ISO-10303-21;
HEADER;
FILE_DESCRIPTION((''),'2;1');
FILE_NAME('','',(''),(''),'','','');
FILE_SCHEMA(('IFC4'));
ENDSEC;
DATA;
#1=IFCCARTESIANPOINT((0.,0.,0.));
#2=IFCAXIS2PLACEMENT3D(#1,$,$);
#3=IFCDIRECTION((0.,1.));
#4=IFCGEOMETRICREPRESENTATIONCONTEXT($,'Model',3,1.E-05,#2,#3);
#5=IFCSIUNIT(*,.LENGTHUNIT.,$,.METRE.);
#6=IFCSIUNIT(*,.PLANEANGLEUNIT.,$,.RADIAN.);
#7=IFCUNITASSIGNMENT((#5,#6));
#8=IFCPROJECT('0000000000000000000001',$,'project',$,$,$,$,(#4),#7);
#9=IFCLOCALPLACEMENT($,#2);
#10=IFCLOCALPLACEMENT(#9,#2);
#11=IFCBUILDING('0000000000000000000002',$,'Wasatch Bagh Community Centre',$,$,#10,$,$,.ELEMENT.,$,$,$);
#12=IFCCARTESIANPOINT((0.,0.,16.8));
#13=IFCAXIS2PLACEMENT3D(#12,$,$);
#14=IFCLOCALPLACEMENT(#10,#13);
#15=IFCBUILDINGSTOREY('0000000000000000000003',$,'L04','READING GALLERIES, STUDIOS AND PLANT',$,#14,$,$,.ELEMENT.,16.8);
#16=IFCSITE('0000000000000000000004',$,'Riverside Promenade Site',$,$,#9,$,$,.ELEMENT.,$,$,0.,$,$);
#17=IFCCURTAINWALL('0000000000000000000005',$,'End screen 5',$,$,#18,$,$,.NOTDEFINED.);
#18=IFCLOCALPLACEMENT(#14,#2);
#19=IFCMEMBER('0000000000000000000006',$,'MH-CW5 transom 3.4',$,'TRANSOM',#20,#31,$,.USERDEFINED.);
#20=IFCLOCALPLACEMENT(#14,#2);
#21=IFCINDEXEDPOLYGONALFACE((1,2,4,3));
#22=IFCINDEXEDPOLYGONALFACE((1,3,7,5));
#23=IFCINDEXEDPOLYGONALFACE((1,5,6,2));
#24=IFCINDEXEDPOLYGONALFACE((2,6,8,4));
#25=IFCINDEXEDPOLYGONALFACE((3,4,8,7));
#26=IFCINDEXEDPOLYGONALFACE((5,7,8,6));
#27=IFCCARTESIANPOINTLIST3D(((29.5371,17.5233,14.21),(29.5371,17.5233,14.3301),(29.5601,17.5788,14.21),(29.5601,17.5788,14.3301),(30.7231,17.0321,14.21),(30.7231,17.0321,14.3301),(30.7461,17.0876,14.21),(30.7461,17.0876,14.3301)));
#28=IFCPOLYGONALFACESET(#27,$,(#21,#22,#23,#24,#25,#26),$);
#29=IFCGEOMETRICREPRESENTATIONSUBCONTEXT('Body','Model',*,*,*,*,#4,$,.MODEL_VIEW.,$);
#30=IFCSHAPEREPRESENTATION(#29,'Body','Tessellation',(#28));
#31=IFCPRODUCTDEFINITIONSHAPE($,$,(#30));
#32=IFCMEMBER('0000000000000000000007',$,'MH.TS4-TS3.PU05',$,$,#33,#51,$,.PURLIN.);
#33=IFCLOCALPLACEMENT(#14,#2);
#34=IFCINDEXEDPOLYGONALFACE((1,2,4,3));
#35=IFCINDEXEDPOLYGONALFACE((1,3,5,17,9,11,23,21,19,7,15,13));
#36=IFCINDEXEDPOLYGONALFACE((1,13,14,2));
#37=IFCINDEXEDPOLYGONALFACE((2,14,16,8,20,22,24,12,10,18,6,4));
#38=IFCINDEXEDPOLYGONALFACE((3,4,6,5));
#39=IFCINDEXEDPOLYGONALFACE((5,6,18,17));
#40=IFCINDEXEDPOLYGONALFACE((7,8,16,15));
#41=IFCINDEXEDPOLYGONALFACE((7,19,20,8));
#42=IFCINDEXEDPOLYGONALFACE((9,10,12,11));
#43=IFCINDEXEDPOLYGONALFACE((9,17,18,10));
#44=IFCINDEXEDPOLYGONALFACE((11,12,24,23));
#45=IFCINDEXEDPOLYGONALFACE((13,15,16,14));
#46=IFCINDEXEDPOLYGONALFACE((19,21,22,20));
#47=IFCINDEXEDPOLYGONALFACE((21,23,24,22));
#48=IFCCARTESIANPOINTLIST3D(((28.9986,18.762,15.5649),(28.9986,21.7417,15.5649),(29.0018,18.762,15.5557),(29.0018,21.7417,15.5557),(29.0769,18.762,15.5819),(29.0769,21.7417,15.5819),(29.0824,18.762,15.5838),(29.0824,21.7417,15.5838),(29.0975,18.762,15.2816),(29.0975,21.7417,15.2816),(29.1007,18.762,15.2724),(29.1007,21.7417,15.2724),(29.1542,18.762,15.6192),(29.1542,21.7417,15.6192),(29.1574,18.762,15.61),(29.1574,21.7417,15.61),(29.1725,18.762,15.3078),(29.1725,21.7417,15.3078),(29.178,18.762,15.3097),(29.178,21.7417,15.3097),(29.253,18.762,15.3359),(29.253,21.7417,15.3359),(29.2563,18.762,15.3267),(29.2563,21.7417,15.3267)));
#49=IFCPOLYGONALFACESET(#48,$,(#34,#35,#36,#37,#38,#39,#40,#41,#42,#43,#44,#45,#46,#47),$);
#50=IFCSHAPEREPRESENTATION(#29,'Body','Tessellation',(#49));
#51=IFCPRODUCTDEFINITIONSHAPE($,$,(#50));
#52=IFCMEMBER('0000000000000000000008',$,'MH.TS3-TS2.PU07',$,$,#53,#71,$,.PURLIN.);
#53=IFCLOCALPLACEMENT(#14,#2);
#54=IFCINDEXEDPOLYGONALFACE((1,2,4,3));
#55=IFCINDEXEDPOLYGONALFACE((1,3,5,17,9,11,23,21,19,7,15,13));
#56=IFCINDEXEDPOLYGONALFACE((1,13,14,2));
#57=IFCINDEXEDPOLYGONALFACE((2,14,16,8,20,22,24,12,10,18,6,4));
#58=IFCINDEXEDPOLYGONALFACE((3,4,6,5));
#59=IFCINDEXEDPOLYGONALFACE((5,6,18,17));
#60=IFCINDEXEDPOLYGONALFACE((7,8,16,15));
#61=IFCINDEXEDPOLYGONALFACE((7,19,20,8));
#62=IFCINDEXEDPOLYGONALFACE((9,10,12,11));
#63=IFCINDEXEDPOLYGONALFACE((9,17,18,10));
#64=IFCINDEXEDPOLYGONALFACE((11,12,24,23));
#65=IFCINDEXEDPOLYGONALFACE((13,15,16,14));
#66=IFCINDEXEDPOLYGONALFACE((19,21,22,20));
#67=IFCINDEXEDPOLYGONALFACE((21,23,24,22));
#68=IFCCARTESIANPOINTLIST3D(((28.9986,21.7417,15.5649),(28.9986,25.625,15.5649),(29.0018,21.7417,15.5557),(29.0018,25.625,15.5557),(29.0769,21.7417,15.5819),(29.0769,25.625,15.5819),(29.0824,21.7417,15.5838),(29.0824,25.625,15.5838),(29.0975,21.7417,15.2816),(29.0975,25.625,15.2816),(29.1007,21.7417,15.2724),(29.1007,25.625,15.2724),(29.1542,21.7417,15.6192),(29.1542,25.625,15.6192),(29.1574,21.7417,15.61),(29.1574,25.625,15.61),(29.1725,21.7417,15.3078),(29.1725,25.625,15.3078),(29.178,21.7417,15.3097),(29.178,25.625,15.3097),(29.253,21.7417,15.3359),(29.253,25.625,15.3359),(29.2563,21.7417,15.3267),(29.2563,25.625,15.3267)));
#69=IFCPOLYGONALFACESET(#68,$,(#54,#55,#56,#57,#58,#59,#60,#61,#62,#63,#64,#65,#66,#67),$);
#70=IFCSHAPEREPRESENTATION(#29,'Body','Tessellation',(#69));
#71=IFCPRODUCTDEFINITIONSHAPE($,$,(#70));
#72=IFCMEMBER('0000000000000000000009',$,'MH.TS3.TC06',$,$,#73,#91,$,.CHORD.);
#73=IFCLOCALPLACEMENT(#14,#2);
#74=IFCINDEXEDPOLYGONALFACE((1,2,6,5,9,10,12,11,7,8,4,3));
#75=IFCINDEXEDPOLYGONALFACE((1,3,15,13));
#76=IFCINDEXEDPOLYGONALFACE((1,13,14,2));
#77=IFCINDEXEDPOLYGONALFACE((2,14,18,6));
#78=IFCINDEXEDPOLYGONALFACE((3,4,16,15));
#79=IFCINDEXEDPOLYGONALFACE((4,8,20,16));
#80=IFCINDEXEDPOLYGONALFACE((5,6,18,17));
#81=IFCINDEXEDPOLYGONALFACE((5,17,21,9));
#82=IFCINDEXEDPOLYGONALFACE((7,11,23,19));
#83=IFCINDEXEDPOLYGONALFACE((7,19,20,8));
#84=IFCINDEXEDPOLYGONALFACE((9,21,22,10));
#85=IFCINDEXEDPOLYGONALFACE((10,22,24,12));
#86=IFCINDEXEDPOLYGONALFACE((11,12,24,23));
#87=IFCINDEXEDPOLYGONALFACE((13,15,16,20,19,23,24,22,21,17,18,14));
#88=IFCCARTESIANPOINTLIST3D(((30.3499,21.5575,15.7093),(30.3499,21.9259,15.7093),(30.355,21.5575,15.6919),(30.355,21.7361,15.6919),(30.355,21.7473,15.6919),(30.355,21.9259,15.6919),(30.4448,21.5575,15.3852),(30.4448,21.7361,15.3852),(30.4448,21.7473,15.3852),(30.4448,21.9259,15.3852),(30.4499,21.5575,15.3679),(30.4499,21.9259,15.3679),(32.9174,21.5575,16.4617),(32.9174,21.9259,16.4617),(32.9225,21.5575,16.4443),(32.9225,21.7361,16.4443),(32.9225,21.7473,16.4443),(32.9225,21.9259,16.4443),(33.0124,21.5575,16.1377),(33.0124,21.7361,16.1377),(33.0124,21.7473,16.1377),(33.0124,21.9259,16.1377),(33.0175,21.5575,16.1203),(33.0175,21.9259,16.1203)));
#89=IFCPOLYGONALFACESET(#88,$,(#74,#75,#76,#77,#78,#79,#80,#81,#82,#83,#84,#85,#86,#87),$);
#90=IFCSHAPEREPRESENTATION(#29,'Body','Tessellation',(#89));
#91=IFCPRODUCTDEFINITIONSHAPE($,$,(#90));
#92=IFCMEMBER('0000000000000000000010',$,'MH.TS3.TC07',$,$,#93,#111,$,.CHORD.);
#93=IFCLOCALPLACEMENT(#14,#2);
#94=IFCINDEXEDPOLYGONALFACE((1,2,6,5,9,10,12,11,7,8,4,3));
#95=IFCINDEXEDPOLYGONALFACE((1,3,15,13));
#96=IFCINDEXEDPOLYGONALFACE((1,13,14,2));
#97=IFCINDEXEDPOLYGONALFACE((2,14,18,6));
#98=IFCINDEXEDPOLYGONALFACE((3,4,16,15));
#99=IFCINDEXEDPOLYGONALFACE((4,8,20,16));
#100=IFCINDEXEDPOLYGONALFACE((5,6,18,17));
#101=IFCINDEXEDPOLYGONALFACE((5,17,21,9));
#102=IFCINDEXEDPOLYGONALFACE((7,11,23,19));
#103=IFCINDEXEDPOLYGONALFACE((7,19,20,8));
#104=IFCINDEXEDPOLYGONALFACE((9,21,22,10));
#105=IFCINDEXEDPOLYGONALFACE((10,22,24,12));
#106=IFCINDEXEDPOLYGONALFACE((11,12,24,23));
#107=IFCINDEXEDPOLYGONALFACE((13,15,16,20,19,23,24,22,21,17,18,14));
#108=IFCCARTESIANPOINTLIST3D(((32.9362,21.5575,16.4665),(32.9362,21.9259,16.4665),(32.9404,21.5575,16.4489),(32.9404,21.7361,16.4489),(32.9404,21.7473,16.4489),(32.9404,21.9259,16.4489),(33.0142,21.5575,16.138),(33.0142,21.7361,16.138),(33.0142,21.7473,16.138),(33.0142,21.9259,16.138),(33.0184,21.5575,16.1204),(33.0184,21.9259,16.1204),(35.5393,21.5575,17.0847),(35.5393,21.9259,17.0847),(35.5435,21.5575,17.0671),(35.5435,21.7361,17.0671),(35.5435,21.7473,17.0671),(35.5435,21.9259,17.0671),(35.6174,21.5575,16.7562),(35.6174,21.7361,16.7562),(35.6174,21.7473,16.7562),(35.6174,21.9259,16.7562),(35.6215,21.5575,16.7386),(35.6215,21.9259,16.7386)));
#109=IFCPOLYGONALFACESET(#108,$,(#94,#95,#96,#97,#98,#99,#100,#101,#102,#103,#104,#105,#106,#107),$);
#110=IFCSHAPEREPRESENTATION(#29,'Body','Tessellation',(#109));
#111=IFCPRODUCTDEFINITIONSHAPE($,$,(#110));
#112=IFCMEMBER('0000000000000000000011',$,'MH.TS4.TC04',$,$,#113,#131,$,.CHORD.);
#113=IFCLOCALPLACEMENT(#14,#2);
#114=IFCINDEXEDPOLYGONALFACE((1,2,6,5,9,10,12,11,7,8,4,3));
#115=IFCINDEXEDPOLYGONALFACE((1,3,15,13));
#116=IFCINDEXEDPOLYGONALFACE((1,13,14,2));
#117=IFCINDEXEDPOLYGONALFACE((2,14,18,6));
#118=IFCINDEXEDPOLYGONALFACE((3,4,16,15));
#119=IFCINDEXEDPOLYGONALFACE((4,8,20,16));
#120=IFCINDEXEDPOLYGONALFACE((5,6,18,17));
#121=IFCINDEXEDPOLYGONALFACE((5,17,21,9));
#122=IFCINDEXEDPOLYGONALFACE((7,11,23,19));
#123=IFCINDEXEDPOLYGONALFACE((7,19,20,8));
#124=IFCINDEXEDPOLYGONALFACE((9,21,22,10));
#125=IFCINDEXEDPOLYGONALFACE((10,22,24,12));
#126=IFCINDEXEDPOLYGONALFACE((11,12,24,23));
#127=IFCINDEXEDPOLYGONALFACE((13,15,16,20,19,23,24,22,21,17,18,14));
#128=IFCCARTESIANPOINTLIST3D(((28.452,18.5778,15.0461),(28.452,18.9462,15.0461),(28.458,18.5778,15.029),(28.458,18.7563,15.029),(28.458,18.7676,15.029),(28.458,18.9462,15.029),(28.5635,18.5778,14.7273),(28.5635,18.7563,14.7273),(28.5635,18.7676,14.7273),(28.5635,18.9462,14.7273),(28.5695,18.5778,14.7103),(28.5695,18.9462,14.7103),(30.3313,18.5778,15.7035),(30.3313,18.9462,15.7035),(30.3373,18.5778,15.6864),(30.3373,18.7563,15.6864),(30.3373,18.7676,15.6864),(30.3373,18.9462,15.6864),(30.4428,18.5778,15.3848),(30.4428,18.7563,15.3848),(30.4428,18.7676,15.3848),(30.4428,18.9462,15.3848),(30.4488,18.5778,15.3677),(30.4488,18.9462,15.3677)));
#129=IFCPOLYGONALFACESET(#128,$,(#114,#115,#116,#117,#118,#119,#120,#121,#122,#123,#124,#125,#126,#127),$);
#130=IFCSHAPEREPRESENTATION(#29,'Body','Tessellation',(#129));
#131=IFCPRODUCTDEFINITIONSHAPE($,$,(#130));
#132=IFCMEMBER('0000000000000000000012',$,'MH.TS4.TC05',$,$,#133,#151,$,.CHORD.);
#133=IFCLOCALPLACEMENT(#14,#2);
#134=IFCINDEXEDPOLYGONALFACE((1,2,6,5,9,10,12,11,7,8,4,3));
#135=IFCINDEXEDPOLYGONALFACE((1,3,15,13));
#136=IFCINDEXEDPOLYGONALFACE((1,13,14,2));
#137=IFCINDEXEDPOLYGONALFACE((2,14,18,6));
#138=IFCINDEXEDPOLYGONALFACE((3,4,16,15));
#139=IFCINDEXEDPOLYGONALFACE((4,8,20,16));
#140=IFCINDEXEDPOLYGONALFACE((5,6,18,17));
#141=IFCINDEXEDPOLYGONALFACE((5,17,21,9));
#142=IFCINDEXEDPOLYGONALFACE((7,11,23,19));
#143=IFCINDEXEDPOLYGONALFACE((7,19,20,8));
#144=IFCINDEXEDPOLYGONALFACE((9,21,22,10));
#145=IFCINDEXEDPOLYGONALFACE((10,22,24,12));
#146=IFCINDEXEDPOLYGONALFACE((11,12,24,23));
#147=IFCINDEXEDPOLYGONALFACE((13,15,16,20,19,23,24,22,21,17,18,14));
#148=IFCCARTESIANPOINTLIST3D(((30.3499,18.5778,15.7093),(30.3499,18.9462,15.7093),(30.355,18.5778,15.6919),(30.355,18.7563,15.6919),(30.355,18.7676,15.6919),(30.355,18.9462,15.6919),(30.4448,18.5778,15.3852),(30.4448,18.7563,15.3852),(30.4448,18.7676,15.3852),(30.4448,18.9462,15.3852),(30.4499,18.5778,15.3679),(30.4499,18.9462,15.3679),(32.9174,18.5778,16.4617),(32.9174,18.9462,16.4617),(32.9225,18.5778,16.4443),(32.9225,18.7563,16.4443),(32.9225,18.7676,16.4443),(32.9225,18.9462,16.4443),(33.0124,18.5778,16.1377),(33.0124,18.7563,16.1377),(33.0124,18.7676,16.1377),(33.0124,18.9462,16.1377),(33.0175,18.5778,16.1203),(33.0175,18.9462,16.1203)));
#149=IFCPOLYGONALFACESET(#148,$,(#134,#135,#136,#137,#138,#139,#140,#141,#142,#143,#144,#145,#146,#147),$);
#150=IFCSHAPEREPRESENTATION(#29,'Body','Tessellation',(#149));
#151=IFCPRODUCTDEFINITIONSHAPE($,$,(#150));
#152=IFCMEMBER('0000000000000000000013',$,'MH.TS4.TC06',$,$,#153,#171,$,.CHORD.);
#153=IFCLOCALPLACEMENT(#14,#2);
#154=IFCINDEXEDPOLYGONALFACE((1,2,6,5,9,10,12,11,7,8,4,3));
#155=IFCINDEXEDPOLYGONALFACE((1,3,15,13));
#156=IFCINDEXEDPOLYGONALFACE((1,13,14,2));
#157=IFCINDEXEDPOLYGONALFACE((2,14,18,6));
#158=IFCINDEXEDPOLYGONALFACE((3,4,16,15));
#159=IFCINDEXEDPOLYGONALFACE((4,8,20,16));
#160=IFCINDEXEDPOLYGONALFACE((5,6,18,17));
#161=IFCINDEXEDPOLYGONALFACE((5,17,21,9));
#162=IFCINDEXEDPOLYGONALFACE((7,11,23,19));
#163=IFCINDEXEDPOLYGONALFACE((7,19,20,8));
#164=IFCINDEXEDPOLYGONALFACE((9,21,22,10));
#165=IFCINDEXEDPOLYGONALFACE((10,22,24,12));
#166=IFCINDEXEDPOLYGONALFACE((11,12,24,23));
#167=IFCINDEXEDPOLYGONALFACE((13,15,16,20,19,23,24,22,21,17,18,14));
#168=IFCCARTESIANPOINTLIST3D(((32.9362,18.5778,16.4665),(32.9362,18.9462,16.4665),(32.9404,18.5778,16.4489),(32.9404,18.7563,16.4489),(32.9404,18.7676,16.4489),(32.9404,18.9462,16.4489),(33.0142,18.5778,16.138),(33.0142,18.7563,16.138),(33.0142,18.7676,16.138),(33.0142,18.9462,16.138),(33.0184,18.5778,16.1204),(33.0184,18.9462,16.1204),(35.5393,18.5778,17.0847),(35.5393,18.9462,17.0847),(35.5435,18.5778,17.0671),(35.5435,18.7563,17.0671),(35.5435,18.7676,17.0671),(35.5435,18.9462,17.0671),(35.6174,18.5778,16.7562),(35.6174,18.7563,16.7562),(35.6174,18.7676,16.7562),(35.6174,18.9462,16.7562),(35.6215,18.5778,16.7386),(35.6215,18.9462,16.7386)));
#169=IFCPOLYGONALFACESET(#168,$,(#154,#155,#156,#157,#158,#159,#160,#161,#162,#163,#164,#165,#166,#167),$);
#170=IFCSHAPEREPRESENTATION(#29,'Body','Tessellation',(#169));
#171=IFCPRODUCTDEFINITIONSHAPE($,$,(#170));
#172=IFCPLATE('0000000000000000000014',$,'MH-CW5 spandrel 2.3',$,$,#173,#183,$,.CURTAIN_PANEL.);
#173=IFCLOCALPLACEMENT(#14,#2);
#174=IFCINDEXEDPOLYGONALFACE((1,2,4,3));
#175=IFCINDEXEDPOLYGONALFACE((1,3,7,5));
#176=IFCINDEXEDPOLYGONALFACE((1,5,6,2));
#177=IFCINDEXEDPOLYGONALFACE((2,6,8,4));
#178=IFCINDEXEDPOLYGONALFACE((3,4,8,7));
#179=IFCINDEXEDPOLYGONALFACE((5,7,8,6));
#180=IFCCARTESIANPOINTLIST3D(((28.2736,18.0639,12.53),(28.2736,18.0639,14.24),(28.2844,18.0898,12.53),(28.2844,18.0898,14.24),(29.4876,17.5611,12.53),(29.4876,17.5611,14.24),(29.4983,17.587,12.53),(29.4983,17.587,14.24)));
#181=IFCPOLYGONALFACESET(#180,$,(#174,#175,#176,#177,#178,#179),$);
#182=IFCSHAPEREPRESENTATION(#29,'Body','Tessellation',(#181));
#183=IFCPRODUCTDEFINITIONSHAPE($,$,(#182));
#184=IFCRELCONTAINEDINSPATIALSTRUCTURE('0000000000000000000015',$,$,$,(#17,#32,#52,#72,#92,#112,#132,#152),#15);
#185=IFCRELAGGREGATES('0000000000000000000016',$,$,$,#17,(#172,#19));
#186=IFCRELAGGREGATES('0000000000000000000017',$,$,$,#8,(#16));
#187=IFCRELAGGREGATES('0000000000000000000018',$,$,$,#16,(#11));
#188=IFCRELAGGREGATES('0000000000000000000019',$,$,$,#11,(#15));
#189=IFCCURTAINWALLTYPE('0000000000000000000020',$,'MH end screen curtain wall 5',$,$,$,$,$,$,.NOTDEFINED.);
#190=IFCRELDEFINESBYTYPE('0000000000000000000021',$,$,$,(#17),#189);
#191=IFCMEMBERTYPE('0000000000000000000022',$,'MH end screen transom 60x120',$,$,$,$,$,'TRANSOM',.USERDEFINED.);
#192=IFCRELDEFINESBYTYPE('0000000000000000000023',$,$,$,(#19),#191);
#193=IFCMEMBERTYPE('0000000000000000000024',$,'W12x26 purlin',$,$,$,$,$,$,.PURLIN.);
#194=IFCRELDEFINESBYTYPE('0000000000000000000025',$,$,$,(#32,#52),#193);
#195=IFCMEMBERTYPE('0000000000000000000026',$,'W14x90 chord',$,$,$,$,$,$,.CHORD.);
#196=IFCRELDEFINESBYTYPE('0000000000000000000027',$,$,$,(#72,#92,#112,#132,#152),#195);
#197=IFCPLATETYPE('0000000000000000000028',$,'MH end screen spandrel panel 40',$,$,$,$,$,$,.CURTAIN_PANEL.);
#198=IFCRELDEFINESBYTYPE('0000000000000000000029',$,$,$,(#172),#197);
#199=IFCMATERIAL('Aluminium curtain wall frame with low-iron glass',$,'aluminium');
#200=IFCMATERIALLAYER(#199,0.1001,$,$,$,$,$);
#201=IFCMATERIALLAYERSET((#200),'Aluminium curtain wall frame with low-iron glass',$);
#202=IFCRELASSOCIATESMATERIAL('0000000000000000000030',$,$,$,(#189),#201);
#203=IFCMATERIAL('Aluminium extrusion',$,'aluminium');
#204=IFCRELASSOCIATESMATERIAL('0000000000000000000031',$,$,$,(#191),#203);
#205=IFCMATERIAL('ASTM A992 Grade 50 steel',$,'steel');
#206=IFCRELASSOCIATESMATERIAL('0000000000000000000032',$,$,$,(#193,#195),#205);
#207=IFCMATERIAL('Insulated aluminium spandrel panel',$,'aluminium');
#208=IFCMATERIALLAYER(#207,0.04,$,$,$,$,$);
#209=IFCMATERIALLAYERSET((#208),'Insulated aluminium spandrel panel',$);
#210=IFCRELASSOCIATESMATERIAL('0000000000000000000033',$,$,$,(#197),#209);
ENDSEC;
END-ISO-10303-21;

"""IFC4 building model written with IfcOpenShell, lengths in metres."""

from ifc_helpers import new_model, si_unit, direction, frame, origin, origin_2d, place, context, subcontext, project, spatial, rectangle, i_section, extrude, material, layer, layer_set, material_profile, profile_set, type_object, element, aggregate, save


model = new_model("IFC4")

# Units and contexts
model_context = context("Model", 3, precision=1e-05, world=origin(), true_north=direction((0.0, 1.0)))
body_context = subcontext(model_context, "Body", "Model", "MODEL_VIEW")
ifc_project = project(units=[si_unit("LENGTHUNIT", "METRE"), si_unit("PLANEANGLEUNIT", "RADIAN")], contexts=[model_context])

# Site, building, storey
site_placement = place(None, origin())
site = spatial("IfcSite", under=ifc_project, at=site_placement, Name="Riverside Promenade Site", CompositionType="ELEMENT", RefElevation=0.0)
building_placement = place(site_placement, origin())
building = spatial("IfcBuilding", under=site, at=building_placement, Name="Wasatch Bagh Community Centre", CompositionType="ELEMENT")
storey_placement = place(building_placement, frame((0.0, 0.0, 16.8)))
storey = spatial("IfcBuildingStorey", under=building, at=storey_placement, Name="L04", Description="READING GALLERIES, STUDIOS AND PLANT", CompositionType="ELEMENT", Elevation=16.8)

# Curtain wall, member
ifc_material_1 = material(Name="Aluminium curtain wall frame with low-iron glass", Category="aluminium")
ifc_layer_1 = layer(ifc_material_1, 0.1001)
ifc_layer_set_1 = layer_set([ifc_layer_1], Name="Aluminium curtain wall frame with low-iron glass")
curtain_wall_type = type_object("IfcCurtainWallType", Name="MH end screen curtain wall 5", PredefinedType="NOTDEFINED", material=ifc_layer_set_1)
curtain_wall_placement = place(storey_placement, origin())
curtain_wall = element("IfcCurtainWall", 1, at=curtain_wall_placement, inside=storey, type_object=curtain_wall_type, Name="End screen 5", PredefinedType="NOTDEFINED")
ifc_material_2 = material(Name="Aluminium extrusion", Category="aluminium")
ifc_material_profile_1 = material_profile(ifc_material_2, rectangle(XDim=0.0601, YDim=0.1201, at=origin_2d()), Name="AL 60x120")
ifc_profile_set_1 = profile_set([ifc_material_profile_1], Name="Aluminium extrusion")
member_type_1 = type_object("IfcMemberType", Name="MH end screen transom 60x120", ElementType="TRANSOM", PredefinedType="USERDEFINED", material=ifc_profile_set_1)
member_1_placement = place(storey_placement, frame((29.5486, 17.551, 14.27), z_axis=(0.923896, -0.382643, 0.0), x_axis=(0.382643, 0.923896, 0.0)))
member_1 = element("IfcMember", 2, at=member_1_placement, type_object=member_type_1, Name="MH-CW5 transom 3.4", ObjectType="TRANSOM", PredefinedType="USERDEFINED", context=body_context, shape_type="SweptSolid", body=[
    extrude(rectangle(XDim=0.0601, YDim=0.1201, at=origin_2d()), origin(), (0.0, 0.0, 1.0), 1.2837),
])

# Members
ifc_material_3 = material(Name="ASTM A992 Grade 50 steel", Category="steel")
ifc_material_profile_2 = material_profile(ifc_material_3, i_section(OverallWidth=0.1648, OverallDepth=0.3098, WebThickness=0.0059, FlangeThickness=0.0098, at=origin_2d()), Name="W12x26")
ifc_profile_set_2 = profile_set([ifc_material_profile_2], Name="ASTM A992 Grade 50 steel")
member_type_2 = type_object("IfcMemberType", Name="W12x26 purlin", PredefinedType="PURLIN", material=ifc_profile_set_2)
member_2_placement = place(storey_placement, frame((29.1274, 18.762, 15.4458), z_axis=(0.0, 1.0, 0.0), x_axis=(-0.944194, 0.0, -0.329389)))
element("IfcMember", 3, at=member_2_placement, inside=storey, type_object=member_type_2, Name="MH.TS4-TS3.PU05", PredefinedType="PURLIN", context=body_context, shape_type="SweptSolid", body=[
    extrude(i_section(OverallWidth=0.1648, OverallDepth=0.3098, WebThickness=0.0059, FlangeThickness=0.0098, at=origin_2d()), origin(), (0.0, 0.0, 1.0), 2.9797),
])
member_3_placement = place(storey_placement, frame((29.1274, 21.7417, 15.4458), z_axis=(0.0, 1.0, 0.0), x_axis=(-0.944194, 0.0, -0.329389)))
element("IfcMember", 4, at=member_3_placement, inside=storey, type_object=member_type_2, Name="MH.TS3-TS2.PU07", PredefinedType="PURLIN", context=body_context, shape_type="SweptSolid", body=[
    extrude(i_section(OverallWidth=0.1648, OverallDepth=0.3098, WebThickness=0.0059, FlangeThickness=0.0098, at=origin_2d()), origin(), (0.0, 0.0, 1.0), 3.8833),
])
ifc_material_profile_3 = material_profile(ifc_material_3, i_section(OverallWidth=0.3684, OverallDepth=0.3557, WebThickness=0.0112, FlangeThickness=0.0181, at=origin_2d()), Name="W14x90")
ifc_profile_set_3 = profile_set([ifc_material_profile_3], Name="ASTM A992 Grade 50 steel")
member_type_3 = type_object("IfcMemberType", Name="W14x90 chord", PredefinedType="CHORD", material=ifc_profile_set_3)
for number, where, z_axis, x_axis, name in (
    (5, (30.3999, 21.7417, 15.5386), (0.959643, 0.0, 0.281223), (0.0, 1.0, 0.0), "MH.TS3.TC06"),
    (6, (32.9773, 21.7417, 16.2935), (0.972941, 0.0, 0.231053), (0.0, 1.0, 0.0), "MH.TS3.TC07"),
):
    element("IfcMember", number, at=place(storey_placement, frame(where, z_axis=z_axis, x_axis=x_axis)), inside=storey, type_object=member_type_3, Name=name, PredefinedType="CHORD", context=body_context, shape_type="SweptSolid", body=[
        extrude(i_section(OverallWidth=0.3684, OverallDepth=0.3557, WebThickness=0.0112, FlangeThickness=0.0181, at=origin_2d()), origin(), (0.0, 0.0, 1.0), 2.6755),
    ])
member_4_placement = place(storey_placement, frame((28.5107, 18.762, 14.8782), z_axis=(0.943908, 0.0, 0.330208), x_axis=(0.0, 1.0, 0.0)))
element("IfcMember", 7, at=member_4_placement, inside=storey, type_object=member_type_3, Name="MH.TS4.TC04", PredefinedType="CHORD", context=body_context, shape_type="SweptSolid", body=[
    extrude(i_section(OverallWidth=0.3684, OverallDepth=0.3557, WebThickness=0.0112, FlangeThickness=0.0181, at=origin_2d()), origin(), (0.0, 0.0, 1.0), 1.991),
])
for number, where, z_axis, x_axis, name in (
    (8, (30.3999, 18.762, 15.5386), (0.959643, 0.0, 0.281223), (0.0, 1.0, 0.0), "MH.TS4.TC05"),
    (9, (32.9773, 18.762, 16.2935), (0.972941, 0.0, 0.231053), (0.0, 1.0, 0.0), "MH.TS4.TC06"),
):
    element("IfcMember", number, at=place(storey_placement, frame(where, z_axis=z_axis, x_axis=x_axis)), inside=storey, type_object=member_type_3, Name=name, PredefinedType="CHORD", context=body_context, shape_type="SweptSolid", body=[
        extrude(i_section(OverallWidth=0.3684, OverallDepth=0.3557, WebThickness=0.0112, FlangeThickness=0.0181, at=origin_2d()), origin(), (0.0, 0.0, 1.0), 2.6755),
    ])

# Plate
ifc_material_4 = material(Name="Insulated aluminium spandrel panel", Category="aluminium")
ifc_layer_2 = layer(ifc_material_4, 0.04)
ifc_layer_set_2 = layer_set([ifc_layer_2], Name="Insulated aluminium spandrel panel")
plate_type = type_object("IfcPlateType", Name="MH end screen spandrel panel 40", PredefinedType="CURTAIN_PANEL", material=ifc_layer_set_2)
plate_placement = place(storey_placement, frame((28.886, 17.8254, 12.53), z_axis=(0.0, 0.0, 1.0), x_axis=(0.92388, -0.382683, 0.0)))
plate = element("IfcPlate", 10, at=plate_placement, type_object=plate_type, Name="MH-CW5 spandrel 2.3", PredefinedType="CURTAIN_PANEL", context=body_context, shape_type="SweptSolid", body=[
    extrude(rectangle(XDim=1.314, YDim=0.0281, at=origin_2d()), origin(), (0.0, 0.0, 1.0), 1.71),
])
aggregate(curtain_wall, [plate, member_1])

save(model, "model.ifc")
